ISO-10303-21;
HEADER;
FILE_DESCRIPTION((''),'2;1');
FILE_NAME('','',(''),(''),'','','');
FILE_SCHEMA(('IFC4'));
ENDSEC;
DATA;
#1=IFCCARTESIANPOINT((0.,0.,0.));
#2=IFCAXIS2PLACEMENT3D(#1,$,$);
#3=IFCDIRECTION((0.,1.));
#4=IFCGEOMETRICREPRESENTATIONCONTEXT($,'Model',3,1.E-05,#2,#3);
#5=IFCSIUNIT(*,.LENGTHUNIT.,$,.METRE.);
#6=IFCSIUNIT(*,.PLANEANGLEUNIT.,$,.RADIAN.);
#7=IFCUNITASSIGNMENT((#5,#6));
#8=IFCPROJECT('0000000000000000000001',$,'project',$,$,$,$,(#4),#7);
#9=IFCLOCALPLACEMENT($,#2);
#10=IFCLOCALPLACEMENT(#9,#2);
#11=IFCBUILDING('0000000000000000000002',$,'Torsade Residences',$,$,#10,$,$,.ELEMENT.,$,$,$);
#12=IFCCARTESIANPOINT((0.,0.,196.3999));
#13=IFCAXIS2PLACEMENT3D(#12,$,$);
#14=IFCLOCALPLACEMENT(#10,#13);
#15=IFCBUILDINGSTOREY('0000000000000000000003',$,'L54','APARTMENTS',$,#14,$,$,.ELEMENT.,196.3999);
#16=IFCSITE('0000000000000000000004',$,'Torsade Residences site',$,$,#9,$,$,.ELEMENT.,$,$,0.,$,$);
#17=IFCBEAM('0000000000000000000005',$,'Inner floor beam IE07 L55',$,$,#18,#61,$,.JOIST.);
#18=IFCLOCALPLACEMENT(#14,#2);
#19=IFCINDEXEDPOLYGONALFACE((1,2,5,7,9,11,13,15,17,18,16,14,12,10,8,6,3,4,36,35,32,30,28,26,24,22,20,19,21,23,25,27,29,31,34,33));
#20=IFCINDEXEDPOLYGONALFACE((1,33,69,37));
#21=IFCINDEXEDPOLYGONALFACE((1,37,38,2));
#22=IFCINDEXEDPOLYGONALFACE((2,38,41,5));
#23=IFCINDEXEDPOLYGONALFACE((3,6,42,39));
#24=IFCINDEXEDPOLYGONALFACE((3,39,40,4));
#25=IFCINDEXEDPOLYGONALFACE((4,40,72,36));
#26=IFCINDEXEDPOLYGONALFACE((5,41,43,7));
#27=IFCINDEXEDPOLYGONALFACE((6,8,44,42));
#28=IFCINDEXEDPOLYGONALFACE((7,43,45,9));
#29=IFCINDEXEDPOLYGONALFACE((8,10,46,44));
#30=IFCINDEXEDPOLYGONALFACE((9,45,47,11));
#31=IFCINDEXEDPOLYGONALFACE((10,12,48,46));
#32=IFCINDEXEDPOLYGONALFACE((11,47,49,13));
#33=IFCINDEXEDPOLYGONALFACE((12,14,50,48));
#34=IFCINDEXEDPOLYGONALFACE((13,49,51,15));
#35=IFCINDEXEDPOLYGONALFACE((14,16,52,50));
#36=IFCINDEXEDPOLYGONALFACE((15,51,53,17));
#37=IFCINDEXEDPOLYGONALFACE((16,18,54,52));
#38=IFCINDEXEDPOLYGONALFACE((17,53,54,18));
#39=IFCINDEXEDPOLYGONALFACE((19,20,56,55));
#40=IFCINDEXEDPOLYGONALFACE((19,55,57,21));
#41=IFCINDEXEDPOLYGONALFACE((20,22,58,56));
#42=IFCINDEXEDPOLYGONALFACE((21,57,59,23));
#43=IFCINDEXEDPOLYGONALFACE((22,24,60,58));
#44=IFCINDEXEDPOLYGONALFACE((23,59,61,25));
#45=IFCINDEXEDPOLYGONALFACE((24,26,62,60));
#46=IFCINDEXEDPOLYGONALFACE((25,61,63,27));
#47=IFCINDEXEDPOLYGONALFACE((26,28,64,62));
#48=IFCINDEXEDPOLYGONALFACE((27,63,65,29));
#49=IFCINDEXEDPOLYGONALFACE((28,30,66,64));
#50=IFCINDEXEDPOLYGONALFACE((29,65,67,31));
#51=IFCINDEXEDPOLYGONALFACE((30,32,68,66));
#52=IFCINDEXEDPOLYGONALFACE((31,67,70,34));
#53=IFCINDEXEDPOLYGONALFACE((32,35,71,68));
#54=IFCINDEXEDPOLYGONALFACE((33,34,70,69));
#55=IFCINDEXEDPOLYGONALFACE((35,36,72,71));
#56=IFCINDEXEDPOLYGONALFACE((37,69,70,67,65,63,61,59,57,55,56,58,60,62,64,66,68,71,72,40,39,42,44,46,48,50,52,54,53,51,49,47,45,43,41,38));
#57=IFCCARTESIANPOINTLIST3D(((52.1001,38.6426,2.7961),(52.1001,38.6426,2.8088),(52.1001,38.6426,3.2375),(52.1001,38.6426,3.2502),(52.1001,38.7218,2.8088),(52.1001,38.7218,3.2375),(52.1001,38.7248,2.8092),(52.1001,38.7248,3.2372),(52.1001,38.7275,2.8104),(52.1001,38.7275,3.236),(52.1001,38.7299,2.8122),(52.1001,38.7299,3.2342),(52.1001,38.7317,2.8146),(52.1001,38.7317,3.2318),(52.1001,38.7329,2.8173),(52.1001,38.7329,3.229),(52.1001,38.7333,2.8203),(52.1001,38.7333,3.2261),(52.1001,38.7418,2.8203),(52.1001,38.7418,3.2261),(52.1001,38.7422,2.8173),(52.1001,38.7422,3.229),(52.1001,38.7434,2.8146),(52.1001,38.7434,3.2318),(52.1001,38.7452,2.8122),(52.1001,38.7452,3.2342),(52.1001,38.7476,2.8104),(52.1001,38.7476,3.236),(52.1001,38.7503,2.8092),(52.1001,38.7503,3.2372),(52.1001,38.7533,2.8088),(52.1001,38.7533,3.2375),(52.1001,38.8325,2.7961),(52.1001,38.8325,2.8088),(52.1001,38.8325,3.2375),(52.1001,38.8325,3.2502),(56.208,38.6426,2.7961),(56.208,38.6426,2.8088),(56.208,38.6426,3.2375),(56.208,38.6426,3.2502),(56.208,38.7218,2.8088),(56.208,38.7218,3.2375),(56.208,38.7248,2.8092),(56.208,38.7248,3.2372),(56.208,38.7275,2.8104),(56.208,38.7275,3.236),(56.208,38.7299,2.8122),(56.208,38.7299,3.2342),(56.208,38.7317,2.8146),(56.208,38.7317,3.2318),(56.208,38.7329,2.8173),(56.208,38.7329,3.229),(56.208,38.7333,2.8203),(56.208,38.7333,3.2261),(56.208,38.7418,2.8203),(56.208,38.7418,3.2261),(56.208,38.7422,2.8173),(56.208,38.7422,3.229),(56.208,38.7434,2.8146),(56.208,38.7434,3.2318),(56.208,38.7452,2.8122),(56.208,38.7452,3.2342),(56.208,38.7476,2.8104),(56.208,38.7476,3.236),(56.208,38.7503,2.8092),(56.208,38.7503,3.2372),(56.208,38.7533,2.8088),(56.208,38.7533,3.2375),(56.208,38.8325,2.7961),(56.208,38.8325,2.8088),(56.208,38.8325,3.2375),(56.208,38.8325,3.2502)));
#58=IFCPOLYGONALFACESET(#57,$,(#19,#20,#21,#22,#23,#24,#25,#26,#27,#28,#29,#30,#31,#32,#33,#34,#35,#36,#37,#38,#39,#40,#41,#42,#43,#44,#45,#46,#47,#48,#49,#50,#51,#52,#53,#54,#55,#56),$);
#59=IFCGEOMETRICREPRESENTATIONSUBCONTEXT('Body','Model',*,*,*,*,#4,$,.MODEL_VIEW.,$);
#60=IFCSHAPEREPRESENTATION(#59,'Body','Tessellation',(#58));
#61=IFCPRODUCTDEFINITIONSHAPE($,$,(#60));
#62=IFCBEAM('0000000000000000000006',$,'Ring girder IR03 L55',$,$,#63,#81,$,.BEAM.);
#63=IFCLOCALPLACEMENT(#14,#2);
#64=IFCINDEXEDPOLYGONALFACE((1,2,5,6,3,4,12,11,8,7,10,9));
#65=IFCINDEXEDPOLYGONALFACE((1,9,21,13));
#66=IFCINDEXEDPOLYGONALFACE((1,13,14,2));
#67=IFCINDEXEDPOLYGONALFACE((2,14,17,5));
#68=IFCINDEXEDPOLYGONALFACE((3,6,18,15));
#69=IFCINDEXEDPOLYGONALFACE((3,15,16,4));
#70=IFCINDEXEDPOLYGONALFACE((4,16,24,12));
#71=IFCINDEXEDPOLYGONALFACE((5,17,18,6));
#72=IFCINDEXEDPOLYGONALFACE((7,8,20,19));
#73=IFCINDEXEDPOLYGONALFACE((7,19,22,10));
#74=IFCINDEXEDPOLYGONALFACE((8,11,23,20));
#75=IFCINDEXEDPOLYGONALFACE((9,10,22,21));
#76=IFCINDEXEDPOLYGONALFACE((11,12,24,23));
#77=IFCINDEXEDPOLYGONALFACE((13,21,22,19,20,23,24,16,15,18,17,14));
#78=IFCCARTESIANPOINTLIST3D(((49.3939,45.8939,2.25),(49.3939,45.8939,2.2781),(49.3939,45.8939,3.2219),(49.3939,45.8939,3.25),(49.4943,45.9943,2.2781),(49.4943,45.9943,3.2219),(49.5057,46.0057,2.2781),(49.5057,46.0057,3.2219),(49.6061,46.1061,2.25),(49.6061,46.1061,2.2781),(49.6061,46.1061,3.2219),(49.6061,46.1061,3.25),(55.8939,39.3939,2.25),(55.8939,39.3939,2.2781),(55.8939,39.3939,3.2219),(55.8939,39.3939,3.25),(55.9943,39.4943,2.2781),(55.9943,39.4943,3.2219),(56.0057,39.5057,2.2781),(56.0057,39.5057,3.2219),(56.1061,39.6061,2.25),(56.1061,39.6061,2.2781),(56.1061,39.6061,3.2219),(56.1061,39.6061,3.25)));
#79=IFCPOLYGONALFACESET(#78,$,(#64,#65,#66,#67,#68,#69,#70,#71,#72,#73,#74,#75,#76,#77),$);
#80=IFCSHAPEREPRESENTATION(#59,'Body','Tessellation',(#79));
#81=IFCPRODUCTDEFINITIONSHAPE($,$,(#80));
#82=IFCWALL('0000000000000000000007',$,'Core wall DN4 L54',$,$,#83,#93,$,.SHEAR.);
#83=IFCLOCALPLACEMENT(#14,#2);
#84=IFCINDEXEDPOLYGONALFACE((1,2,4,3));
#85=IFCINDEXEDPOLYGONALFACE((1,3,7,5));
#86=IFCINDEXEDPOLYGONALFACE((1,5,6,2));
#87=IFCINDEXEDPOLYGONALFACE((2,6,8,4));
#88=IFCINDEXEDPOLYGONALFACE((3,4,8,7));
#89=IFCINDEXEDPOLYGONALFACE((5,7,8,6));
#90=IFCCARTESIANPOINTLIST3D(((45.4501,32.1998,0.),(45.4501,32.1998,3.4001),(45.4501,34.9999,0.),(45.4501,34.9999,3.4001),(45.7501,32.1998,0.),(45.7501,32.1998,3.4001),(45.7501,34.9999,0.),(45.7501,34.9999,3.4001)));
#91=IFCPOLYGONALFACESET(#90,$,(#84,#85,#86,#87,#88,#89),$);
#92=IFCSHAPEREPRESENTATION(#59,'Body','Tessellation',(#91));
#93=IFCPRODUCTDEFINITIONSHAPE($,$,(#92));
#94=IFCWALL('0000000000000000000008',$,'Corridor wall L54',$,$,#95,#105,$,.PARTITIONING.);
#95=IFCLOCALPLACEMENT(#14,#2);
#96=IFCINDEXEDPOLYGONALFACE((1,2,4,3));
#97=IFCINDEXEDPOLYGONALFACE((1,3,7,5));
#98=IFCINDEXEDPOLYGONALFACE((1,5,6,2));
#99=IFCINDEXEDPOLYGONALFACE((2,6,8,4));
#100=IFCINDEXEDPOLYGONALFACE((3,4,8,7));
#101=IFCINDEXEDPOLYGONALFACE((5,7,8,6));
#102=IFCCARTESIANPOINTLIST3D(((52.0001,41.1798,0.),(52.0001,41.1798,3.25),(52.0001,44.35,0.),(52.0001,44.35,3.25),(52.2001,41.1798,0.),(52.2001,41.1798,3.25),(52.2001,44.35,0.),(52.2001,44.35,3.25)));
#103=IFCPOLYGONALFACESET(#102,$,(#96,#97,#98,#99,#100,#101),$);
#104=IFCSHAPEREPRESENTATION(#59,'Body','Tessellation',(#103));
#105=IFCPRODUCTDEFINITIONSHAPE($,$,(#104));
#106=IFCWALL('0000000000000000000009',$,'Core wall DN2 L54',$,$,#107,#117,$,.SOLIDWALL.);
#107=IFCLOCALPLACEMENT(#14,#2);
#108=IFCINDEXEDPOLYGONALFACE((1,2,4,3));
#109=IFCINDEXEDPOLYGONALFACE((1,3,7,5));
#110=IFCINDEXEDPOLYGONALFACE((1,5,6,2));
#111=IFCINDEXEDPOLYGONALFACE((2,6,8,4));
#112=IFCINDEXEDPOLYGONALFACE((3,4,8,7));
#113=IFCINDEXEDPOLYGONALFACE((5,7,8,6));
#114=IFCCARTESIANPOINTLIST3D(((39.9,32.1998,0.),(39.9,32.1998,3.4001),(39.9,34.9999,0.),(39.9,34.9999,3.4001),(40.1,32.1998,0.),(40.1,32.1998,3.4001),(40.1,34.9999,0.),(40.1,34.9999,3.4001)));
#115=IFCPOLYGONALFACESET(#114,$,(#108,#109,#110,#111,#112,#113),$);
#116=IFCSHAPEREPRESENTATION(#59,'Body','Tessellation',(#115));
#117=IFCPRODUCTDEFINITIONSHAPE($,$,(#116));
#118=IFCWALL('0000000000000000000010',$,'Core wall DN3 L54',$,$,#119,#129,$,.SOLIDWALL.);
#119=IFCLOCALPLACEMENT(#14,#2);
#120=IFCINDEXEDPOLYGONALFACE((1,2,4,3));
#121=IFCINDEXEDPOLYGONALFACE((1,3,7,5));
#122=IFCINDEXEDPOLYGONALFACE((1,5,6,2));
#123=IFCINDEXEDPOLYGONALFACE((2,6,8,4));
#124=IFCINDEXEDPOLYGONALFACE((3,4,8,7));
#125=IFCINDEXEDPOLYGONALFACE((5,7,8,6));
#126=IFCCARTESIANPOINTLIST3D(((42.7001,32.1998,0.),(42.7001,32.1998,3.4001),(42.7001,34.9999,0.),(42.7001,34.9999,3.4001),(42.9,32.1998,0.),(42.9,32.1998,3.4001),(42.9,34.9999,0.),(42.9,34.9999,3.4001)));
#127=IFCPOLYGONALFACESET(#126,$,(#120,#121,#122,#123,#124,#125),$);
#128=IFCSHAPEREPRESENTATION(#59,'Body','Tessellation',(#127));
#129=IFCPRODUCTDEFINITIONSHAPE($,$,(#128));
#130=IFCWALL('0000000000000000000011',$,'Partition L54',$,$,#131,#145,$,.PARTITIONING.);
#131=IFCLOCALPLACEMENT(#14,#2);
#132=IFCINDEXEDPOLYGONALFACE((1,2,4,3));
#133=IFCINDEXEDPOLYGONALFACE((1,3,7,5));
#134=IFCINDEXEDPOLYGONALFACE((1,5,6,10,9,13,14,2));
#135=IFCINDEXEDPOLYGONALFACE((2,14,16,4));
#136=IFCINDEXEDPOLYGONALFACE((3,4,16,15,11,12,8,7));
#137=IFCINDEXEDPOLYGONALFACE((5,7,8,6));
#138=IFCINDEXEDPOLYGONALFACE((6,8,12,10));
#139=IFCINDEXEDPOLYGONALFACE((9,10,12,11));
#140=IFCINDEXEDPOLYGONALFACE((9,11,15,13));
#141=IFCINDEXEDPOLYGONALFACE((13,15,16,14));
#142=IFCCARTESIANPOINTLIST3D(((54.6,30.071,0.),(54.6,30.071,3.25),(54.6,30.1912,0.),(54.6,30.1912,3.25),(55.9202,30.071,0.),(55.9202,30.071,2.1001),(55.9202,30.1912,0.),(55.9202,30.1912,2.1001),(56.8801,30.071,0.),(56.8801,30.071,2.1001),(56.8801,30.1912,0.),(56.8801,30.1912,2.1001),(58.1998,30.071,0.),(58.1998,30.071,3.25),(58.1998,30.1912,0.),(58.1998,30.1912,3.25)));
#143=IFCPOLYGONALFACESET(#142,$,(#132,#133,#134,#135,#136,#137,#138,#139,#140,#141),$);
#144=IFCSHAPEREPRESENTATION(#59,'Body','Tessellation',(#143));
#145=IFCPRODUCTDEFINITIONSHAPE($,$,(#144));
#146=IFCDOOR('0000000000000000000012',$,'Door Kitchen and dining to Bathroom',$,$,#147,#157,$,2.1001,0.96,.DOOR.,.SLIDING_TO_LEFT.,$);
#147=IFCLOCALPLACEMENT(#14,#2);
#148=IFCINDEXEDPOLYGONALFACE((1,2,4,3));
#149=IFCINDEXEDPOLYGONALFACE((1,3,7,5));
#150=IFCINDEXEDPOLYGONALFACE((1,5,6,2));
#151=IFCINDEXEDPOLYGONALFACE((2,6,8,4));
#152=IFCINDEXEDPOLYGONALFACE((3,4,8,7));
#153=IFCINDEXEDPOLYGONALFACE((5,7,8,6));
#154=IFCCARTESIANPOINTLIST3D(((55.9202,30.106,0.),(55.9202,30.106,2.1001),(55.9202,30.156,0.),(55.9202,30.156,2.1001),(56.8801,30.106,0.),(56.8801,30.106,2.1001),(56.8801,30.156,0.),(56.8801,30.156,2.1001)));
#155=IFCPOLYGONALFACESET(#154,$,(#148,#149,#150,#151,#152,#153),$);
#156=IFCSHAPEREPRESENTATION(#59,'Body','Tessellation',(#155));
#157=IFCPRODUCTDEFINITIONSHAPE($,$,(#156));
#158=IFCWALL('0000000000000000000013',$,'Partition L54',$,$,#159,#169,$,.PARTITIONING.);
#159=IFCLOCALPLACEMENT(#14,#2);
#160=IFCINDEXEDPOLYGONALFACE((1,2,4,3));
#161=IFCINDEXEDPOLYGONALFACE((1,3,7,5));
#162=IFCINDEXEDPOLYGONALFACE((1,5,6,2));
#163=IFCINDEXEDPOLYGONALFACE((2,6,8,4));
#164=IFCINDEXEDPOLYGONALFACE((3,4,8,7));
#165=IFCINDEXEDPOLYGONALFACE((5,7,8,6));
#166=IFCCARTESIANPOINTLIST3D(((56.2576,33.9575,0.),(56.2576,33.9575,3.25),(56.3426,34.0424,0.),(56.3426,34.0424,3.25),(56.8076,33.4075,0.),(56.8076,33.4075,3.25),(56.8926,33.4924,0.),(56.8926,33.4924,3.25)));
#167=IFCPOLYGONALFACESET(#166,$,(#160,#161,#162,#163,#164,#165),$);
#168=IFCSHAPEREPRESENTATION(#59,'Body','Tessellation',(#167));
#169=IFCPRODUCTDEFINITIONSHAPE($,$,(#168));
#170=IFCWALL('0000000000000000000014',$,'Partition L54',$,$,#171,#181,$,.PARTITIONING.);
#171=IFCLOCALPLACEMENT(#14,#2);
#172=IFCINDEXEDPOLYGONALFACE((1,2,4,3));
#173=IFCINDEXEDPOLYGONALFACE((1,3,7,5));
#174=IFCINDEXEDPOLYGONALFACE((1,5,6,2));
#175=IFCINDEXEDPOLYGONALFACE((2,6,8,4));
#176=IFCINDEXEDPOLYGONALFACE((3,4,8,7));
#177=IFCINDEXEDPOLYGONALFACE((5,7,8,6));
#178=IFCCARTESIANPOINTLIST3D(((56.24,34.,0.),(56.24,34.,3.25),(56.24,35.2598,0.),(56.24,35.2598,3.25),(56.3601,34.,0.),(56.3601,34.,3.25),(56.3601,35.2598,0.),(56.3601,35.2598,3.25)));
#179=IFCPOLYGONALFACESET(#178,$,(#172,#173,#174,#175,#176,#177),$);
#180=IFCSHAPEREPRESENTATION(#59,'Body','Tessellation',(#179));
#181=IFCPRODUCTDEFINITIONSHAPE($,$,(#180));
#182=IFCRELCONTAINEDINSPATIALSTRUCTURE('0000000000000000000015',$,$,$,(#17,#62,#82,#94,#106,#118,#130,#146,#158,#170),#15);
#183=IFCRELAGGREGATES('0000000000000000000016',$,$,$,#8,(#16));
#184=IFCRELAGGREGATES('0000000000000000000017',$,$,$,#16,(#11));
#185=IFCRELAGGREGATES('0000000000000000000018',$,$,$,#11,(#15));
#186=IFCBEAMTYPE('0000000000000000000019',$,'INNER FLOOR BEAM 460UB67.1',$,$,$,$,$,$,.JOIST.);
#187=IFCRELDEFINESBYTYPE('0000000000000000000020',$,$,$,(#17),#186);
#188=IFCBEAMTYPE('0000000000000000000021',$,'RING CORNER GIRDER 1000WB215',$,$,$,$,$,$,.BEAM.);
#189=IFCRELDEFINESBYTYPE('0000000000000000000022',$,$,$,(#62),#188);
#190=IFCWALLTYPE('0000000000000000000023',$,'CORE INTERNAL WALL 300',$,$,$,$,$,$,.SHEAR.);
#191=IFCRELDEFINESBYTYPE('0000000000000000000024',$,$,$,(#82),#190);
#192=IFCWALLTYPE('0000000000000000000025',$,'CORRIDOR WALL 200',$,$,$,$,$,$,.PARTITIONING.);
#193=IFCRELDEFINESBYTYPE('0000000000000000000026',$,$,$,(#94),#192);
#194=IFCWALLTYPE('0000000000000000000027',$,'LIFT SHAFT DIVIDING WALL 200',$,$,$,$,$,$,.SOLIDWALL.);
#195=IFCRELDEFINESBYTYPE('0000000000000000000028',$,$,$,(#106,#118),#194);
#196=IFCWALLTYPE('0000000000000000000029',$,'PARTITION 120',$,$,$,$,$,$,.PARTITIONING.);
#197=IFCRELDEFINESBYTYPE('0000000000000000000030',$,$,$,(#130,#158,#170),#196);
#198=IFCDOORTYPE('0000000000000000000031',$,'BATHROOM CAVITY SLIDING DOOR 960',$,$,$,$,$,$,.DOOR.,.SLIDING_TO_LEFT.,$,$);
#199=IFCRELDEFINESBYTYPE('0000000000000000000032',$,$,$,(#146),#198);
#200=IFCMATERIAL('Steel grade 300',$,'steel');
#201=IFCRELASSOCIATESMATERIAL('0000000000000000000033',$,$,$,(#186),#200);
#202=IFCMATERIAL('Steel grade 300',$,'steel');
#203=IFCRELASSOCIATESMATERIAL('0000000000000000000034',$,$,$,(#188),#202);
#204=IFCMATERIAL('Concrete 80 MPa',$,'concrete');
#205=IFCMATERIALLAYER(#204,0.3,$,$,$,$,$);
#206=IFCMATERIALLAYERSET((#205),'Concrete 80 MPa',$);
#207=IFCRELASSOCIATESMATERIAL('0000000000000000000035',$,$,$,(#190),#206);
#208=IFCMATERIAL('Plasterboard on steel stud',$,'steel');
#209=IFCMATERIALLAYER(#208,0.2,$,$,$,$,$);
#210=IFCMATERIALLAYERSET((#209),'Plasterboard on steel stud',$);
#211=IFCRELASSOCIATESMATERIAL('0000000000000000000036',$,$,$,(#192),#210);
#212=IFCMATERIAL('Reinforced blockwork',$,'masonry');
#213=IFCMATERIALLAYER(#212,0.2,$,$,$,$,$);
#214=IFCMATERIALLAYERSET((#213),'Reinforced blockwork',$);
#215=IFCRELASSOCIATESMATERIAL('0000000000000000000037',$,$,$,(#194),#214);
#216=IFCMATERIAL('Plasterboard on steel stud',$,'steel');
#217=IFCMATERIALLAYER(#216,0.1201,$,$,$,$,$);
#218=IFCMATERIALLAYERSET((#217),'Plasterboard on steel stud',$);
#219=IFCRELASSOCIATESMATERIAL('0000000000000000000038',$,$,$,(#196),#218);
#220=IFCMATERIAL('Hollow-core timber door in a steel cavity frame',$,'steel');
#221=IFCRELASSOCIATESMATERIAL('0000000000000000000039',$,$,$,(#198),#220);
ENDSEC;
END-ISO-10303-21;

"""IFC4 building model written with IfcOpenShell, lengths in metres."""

from ifc_helpers import new_model, si_unit, direction, frame, frame_2d, origin, origin_2d, place, context, subcontext, project, spatial, rectangle, i_section, extrude, material, layer, layer_set, material_profile, profile_set, type_object, element, fill, save


model = new_model("IFC4")

# Units and contexts
model_context = context("Model", 3, precision=1e-05, world=origin(), true_north=direction((0.0, 1.0)))
body_context = subcontext(model_context, "Body", "Model", "MODEL_VIEW")
ifc_project = project(units=[si_unit("LENGTHUNIT", "METRE"), si_unit("PLANEANGLEUNIT", "RADIAN")], contexts=[model_context])

# Site, building, storey
site_placement = place(None, origin())
site = spatial("IfcSite", under=ifc_project, at=site_placement, Name="Torsade Residences site", CompositionType="ELEMENT", RefElevation=0.0)
building_placement = place(site_placement, origin())
building = spatial("IfcBuilding", under=site, at=building_placement, Name="Torsade Residences", CompositionType="ELEMENT")
storey_placement = place(building_placement, frame((0.0, 0.0, 196.3999)))
storey = spatial("IfcBuildingStorey", under=building, at=storey_placement, Name="L54", Description="APARTMENTS", CompositionType="ELEMENT", Elevation=196.3999)

# Beams
ifc_material_1 = material(Name="Steel grade 300", Category="steel")
ifc_material_profile_1 = material_profile(ifc_material_1, i_section(OverallWidth=0.1899, OverallDepth=0.4541, WebThickness=0.0085, FlangeThickness=0.0127, FilletRadius=0.0115, at=origin_2d()), Name="460UB67.1")
ifc_profile_set_1 = profile_set([ifc_material_profile_1], Name="Steel grade 300")
beam_type_1 = type_object("IfcBeamType", Name="INNER FLOOR BEAM 460UB67.1", PredefinedType="JOIST", material=ifc_profile_set_1)
beam_1_placement = place(storey_placement, frame((52.1001, 38.7375, 3.0232), z_axis=(1.0, 0.0, 0.0), x_axis=(0.0, 1.0, 0.0)))
element("IfcBeam", 1, at=beam_1_placement, inside=storey, type_object=beam_type_1, Name="Inner floor beam IE07 L55", PredefinedType="JOIST", context=body_context, shape_type="SweptSolid", body=[
    extrude(i_section(OverallWidth=0.1899, OverallDepth=0.4541, WebThickness=0.0085, FlangeThickness=0.0127, FilletRadius=0.0115, at=origin_2d()), origin(), (0.0, 0.0, 1.0), 4.1079),
])
ifc_material_2 = material(Name="Steel grade 300", Category="steel")
ifc_material_profile_2 = material_profile(ifc_material_2, i_section(OverallWidth=0.3, OverallDepth=1.0, WebThickness=0.0161, FlangeThickness=0.0281, at=origin_2d()), Name="1000WB215")
ifc_profile_set_2 = profile_set([ifc_material_profile_2], Name="Steel grade 300")
beam_type_2 = type_object("IfcBeamType", Name="RING CORNER GIRDER 1000WB215", PredefinedType="BEAM", material=ifc_profile_set_2)
beam_2_placement = place(storey_placement, frame((56.0, 39.5, 2.75), z_axis=(-0.707107, 0.707107, 0.0), x_axis=(-0.707107, -0.707107, 0.0)))
element("IfcBeam", 2, at=beam_2_placement, inside=storey, type_object=beam_type_2, Name="Ring girder IR03 L55", PredefinedType="BEAM", context=body_context, shape_type="SweptSolid", body=[
    extrude(i_section(OverallWidth=0.3, OverallDepth=1.0, WebThickness=0.0161, FlangeThickness=0.0281, at=origin_2d()), origin(), (0.0, 0.0, 1.0), 9.1924),
])

# Walls
ifc_material_3 = material(Name="Concrete 80 MPa", Category="concrete")
ifc_layer_1 = layer(ifc_material_3, 0.3)
ifc_layer_set_1 = layer_set([ifc_layer_1], Name="Concrete 80 MPa")
wall_type_1 = type_object("IfcWallType", Name="CORE INTERNAL WALL 300", PredefinedType="SHEAR", material=ifc_layer_set_1)
wall_1_placement = place(storey_placement, frame((45.6001, 32.2, 0.0), z_axis=(0.0, 0.0, 1.0), x_axis=(0.0, 1.0, 0.0)))
element("IfcWall", 3, at=wall_1_placement, inside=storey, type_object=wall_type_1, Name="Core wall DN4 L54", PredefinedType="SHEAR", context=body_context, shape_type="SweptSolid", body=[
    extrude(rectangle(XDim=2.8, YDim=0.3, at=frame_2d((1.3999, 0.0))), origin(), (0.0, 0.0, 1.0), 3.4001),
])
ifc_material_4 = material(Name="Plasterboard on steel stud", Category="steel")
ifc_layer_2 = layer(ifc_material_4, 0.2)
ifc_layer_set_2 = layer_set([ifc_layer_2], Name="Plasterboard on steel stud")
wall_type_2 = type_object("IfcWallType", Name="CORRIDOR WALL 200", PredefinedType="PARTITIONING", material=ifc_layer_set_2)
wall_2_placement = place(storey_placement, frame((52.1001, 41.1799, 0.0), z_axis=(0.0, 0.0, 1.0), x_axis=(0.0, 1.0, 0.0)))
element("IfcWall", 4, at=wall_2_placement, inside=storey, type_object=wall_type_2, Name="Corridor wall L54", PredefinedType="PARTITIONING", context=body_context, shape_type="SweptSolid", body=[
    extrude(rectangle(XDim=3.1702, YDim=0.2, at=frame_2d((1.585, 0.0))), origin(), (0.0, 0.0, 1.0), 3.25),
])
ifc_material_5 = material(Name="Reinforced blockwork", Category="masonry")
ifc_layer_3 = layer(ifc_material_5, 0.2)
ifc_layer_set_3 = layer_set([ifc_layer_3], Name="Reinforced blockwork")
wall_type_3 = type_object("IfcWallType", Name="LIFT SHAFT DIVIDING WALL 200", PredefinedType="SOLIDWALL", material=ifc_layer_set_3)
for number, where, z_axis, x_axis, name in (
    (5, (40.0, 32.2, 0.0), (0.0, 0.0, 1.0), (0.0, 1.0, 0.0), "Core wall DN2 L54"),
    (6, (42.8, 32.2, 0.0), (0.0, 0.0, 1.0), (0.0, 1.0, 0.0), "Core wall DN3 L54"),
):
    element("IfcWall", number, at=place(storey_placement, frame(where, z_axis=z_axis, x_axis=x_axis)), inside=storey, type_object=wall_type_3, Name=name, PredefinedType="SOLIDWALL", context=body_context, shape_type="SweptSolid", body=[
        extrude(rectangle(XDim=2.8, YDim=0.2, at=frame_2d((1.3999, 0.0))), origin(), (0.0, 0.0, 1.0), 3.4001),
    ])

# Wall, opening, door
ifc_material_6 = material(Name="Plasterboard on steel stud", Category="steel")
ifc_layer_4 = layer(ifc_material_6, 0.1201)
ifc_layer_set_4 = layer_set([ifc_layer_4], Name="Plasterboard on steel stud")
wall_type_4 = type_object("IfcWallType", Name="PARTITION 120", PredefinedType="PARTITIONING", material=ifc_layer_set_4)
wall_3_placement = place(storey_placement, frame((54.6001, 30.1311, 0.0), z_axis=(0.0, 0.0, 1.0), x_axis=(1.0, 0.0, 0.0)))
wall_3 = element("IfcWall", 7, at=wall_3_placement, inside=storey, type_object=wall_type_4, Name="Partition L54", PredefinedType="PARTITIONING", context=body_context, shape_type="SweptSolid", body=[
    extrude(rectangle(XDim=3.5999, YDim=0.1201, at=frame_2d((1.7998, 0.0))), origin(), (0.0, 0.0, 1.0), 3.25),
])
opening_1_placement = place(wall_3_placement, frame((1.3201, 0.0, 0.0)))
opening_1 = element("IfcOpeningElement", 8, at=opening_1_placement, cuts=wall_3, PredefinedType="OPENING", context=body_context, shape_type="SweptSolid", body=[
    extrude(rectangle(XDim=0.96, YDim=2.1001, at=frame_2d((0.48, 1.05))), frame((0.0, 0.0701, 0.0), z_axis=(0.0, -1.0, 0.0), x_axis=(1.0, 0.0, 0.0)), (0.0, 0.0, 1.0), 0.1401),
])
ifc_material_7 = material(Name="Hollow-core timber door in a steel cavity frame", Category="steel")
door_type_1 = type_object("IfcDoorType", Name="BATHROOM CAVITY SLIDING DOOR 960", OperationType="SLIDING_TO_LEFT", PredefinedType="DOOR", material=ifc_material_7)
door_1_placement = place(opening_1_placement, origin())
door_1 = element("IfcDoor", 9, at=door_1_placement, inside=storey, type_object=door_type_1, Name="Door Kitchen and dining to Bathroom", OperationType="SLIDING_TO_LEFT", OverallHeight=2.1001, OverallWidth=0.96, PredefinedType="DOOR", context=body_context, shape_type="SweptSolid", body=[
    extrude(rectangle(XDim=0.96, YDim=2.1001, at=frame_2d((0.48, 1.05))), frame((0.0, 0.0249, 0.0), z_axis=(0.0, -1.0, 0.0), x_axis=(1.0, 0.0, 0.0)), (0.0, 0.0, 1.0), 0.05),
])
fill(opening_1, door_1)

# Walls
wall_4_placement = place(storey_placement, frame((56.8501, 33.45, 0.0), z_axis=(0.0, 0.0, 1.0), x_axis=(-0.707107, 0.707107, 0.0)))
element("IfcWall", 10, at=wall_4_placement, inside=storey, type_object=wall_type_4, Name="Partition L54", PredefinedType="PARTITIONING", context=body_context, shape_type="SweptSolid", body=[
    extrude(rectangle(XDim=0.7778, YDim=0.1201, at=frame_2d((0.3889, 0.0))), origin(), (0.0, 0.0, 1.0), 3.25),
])
wall_5_placement = place(storey_placement, frame((56.3, 34.0, 0.0), z_axis=(0.0, 0.0, 1.0), x_axis=(0.0, 1.0, 0.0)))
element("IfcWall", 11, at=wall_5_placement, inside=storey, type_object=wall_type_4, Name="Partition L54", PredefinedType="PARTITIONING", context=body_context, shape_type="SweptSolid", body=[
    extrude(rectangle(XDim=1.2598, YDim=0.1201, at=frame_2d((0.6299, 0.0))), origin(), (0.0, 0.0, 1.0), 3.25),
])

save(model, "model.ifc")
